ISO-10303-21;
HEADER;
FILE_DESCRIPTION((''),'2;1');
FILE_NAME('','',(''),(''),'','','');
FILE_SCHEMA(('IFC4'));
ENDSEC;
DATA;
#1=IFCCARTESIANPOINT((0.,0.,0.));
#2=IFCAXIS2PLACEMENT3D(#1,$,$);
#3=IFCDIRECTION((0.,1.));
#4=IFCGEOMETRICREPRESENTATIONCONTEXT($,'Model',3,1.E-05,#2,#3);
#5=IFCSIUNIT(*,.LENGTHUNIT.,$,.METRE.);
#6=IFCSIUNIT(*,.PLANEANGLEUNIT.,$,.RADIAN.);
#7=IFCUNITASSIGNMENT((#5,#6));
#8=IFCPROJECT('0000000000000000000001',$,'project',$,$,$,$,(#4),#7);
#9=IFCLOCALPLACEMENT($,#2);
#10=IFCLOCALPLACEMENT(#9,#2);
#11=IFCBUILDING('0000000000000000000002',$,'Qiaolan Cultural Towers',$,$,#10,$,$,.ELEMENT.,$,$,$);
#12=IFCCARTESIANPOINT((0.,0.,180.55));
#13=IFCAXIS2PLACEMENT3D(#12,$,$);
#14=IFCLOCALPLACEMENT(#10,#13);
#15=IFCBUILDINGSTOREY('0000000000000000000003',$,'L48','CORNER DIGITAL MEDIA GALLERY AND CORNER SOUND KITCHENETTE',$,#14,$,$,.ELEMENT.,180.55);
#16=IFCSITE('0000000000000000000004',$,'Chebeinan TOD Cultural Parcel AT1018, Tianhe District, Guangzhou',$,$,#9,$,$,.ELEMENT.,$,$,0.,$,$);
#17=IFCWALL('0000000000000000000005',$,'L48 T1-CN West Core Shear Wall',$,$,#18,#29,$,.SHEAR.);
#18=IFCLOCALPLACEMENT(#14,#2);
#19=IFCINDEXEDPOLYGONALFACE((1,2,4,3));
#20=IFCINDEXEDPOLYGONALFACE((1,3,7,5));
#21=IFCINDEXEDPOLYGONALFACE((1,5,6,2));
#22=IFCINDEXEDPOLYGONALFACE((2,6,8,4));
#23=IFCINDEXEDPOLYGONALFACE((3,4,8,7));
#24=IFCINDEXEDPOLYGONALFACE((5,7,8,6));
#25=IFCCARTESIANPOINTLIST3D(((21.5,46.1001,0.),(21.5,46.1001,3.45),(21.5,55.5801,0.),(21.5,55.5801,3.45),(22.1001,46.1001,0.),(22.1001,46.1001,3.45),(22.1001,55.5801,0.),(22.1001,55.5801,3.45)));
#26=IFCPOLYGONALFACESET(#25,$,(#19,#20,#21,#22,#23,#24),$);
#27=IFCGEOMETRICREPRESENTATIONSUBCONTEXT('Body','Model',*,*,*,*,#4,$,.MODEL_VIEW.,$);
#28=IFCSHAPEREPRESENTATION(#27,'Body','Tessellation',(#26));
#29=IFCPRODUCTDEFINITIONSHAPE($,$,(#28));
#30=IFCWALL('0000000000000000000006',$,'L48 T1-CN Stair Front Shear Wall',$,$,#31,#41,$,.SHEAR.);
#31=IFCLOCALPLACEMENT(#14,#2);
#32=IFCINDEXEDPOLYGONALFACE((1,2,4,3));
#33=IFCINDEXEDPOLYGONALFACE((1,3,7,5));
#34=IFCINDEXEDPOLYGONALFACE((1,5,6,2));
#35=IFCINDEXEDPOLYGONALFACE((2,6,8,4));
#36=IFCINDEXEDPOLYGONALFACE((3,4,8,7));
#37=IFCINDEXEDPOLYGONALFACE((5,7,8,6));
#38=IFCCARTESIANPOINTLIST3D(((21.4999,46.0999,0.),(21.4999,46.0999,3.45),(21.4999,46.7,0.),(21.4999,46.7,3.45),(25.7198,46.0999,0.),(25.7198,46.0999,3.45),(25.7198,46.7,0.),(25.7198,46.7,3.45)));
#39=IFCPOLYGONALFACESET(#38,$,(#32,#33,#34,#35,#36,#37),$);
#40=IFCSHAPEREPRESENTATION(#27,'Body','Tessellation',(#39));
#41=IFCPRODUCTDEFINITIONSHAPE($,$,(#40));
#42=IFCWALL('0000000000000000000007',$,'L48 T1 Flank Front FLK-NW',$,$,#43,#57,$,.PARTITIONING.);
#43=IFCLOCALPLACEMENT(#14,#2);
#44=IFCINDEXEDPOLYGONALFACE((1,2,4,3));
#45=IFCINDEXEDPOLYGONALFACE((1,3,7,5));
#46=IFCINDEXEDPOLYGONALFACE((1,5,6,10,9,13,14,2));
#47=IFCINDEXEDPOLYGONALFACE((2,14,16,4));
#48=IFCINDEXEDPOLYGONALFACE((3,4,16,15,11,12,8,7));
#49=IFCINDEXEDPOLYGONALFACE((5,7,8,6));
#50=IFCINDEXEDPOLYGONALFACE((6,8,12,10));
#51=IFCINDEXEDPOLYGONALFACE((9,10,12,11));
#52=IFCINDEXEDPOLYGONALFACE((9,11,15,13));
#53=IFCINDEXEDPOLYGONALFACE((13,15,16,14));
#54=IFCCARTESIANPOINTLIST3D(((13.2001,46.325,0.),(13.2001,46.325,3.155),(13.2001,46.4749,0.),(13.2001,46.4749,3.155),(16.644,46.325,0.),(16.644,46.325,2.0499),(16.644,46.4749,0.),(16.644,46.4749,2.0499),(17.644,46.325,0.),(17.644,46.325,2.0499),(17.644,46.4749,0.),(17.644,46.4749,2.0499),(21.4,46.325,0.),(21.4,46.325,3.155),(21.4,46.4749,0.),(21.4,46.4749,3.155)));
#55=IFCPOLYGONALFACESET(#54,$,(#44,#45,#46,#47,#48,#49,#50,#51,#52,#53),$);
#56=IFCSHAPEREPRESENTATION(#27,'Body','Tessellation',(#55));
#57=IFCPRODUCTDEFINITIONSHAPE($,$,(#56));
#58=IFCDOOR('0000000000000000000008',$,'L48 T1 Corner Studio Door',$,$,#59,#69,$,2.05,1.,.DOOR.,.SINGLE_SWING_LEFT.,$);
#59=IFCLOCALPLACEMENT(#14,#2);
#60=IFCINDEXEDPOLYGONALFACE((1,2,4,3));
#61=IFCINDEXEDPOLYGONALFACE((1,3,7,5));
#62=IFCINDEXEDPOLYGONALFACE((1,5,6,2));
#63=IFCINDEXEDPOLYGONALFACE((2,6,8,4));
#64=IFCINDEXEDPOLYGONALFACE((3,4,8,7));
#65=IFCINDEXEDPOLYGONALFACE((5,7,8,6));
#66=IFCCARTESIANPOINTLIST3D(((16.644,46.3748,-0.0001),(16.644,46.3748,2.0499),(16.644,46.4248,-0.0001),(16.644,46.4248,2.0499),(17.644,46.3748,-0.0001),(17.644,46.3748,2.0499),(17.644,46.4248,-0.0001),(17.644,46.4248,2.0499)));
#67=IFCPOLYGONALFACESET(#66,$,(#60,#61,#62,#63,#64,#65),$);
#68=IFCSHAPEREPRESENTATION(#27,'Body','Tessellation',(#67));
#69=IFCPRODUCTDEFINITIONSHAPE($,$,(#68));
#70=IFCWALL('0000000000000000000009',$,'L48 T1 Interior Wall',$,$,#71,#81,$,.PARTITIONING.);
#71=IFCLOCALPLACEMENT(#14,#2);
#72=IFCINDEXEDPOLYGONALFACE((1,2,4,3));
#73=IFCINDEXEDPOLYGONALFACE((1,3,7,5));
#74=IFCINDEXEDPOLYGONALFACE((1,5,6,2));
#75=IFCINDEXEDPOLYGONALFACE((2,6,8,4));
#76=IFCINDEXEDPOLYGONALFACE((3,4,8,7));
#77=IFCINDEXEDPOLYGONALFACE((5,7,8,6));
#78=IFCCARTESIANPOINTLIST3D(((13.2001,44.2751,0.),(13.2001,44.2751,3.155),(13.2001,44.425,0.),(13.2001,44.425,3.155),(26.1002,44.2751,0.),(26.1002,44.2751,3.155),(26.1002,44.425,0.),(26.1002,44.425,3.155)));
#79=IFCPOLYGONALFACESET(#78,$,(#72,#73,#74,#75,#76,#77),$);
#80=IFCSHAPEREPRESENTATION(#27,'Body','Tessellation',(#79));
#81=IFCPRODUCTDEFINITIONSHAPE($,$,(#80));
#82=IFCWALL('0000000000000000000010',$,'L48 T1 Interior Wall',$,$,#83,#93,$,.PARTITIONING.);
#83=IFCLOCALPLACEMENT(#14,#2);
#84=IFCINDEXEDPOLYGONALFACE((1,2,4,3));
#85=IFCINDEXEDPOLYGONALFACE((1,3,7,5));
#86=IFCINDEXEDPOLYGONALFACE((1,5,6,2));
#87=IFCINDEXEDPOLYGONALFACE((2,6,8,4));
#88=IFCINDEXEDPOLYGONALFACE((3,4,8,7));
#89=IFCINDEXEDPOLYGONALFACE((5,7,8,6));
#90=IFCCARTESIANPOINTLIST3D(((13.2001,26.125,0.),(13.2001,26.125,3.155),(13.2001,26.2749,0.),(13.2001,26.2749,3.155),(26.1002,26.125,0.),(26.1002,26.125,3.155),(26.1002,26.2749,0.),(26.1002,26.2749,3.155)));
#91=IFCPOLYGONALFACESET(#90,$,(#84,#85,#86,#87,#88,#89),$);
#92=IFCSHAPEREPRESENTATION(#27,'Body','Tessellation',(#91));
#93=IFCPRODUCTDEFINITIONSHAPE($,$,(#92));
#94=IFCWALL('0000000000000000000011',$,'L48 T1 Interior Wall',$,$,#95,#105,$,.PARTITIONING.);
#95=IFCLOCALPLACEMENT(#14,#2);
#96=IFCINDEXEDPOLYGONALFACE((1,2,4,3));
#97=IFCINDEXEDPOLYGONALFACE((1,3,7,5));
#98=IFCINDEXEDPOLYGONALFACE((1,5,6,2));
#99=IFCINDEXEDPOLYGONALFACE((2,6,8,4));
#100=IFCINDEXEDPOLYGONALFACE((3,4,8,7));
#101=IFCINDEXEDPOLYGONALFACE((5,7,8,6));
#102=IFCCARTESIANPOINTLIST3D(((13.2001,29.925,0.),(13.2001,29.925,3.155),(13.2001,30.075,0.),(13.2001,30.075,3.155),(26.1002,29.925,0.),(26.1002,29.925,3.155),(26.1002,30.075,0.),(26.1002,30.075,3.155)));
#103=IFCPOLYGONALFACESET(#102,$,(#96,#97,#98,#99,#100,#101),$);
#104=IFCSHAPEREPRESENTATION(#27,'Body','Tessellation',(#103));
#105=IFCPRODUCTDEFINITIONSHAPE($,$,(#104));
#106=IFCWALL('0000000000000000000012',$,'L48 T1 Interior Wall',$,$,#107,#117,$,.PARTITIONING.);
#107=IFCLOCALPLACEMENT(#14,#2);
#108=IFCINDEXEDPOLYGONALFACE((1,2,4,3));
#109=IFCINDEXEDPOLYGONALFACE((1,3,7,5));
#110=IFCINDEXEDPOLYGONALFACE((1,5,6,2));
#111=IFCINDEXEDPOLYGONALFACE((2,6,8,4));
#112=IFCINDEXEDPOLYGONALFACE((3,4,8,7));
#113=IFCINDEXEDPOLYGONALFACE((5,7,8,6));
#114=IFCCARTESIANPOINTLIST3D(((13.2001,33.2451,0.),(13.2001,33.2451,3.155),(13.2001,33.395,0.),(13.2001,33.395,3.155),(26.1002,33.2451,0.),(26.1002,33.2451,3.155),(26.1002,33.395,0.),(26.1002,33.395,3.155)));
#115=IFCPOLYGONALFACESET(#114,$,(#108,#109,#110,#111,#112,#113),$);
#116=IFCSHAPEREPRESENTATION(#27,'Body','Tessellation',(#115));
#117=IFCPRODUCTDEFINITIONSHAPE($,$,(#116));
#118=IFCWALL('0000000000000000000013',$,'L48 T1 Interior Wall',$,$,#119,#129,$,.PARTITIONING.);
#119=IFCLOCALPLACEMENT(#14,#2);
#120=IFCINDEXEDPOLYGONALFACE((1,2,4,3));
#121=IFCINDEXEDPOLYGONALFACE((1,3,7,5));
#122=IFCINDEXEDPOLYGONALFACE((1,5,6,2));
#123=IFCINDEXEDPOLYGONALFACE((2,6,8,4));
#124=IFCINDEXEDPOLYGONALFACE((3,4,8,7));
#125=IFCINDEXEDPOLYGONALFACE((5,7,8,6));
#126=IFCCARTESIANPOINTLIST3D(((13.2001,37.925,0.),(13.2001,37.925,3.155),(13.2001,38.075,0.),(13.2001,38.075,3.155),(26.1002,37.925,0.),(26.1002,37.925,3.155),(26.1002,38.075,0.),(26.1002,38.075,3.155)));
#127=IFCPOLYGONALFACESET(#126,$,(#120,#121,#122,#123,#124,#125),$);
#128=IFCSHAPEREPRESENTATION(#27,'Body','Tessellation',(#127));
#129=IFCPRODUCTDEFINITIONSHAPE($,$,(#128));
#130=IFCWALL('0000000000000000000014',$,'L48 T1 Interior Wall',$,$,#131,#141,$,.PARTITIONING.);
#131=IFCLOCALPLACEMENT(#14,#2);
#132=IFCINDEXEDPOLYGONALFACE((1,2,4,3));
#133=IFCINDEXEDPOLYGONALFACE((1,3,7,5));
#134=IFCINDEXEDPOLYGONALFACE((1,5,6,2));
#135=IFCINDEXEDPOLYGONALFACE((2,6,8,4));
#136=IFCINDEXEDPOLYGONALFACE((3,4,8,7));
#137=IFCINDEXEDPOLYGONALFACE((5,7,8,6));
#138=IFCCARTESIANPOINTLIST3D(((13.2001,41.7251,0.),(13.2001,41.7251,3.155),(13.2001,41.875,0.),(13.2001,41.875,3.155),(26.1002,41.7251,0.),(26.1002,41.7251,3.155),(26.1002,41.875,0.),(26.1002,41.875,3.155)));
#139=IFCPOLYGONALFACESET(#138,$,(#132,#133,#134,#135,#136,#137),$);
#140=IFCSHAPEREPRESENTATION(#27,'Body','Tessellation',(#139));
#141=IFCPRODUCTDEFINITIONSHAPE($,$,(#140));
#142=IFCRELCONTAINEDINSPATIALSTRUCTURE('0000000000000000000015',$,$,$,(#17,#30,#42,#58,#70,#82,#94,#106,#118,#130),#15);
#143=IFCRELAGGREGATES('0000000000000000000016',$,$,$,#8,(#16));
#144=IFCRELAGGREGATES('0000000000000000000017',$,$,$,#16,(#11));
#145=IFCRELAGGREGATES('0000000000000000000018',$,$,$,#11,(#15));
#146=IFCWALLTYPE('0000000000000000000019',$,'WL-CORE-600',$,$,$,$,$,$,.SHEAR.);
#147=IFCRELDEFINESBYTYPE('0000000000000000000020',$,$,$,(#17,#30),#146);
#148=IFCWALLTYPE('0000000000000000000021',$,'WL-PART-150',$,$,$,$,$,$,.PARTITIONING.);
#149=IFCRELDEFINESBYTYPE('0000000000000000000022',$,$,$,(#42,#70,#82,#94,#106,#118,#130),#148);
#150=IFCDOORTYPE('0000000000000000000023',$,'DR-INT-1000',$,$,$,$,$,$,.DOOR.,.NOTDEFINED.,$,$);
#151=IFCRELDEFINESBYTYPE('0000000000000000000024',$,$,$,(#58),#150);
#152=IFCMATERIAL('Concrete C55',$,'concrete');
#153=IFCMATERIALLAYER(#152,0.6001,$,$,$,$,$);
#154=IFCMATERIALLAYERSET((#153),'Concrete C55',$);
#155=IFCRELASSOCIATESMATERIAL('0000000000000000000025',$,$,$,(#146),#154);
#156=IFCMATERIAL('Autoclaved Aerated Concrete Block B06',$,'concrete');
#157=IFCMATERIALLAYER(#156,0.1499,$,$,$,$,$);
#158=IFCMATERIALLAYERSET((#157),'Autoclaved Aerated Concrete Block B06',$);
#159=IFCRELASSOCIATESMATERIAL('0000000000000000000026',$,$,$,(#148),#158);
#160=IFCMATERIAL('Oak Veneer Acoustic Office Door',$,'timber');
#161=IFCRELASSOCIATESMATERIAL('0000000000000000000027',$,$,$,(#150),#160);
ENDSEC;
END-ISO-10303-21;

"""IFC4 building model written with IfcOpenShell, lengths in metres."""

from ifc_helpers import new_model, si_unit, direction, frame, frame_2d, origin, place, context, subcontext, project, spatial, rectangle, extrude, material, layer, layer_set, type_object, element, fill, save


model = new_model("IFC4")

# Units and contexts
model_context = context("Model", 3, precision=1e-05, world=origin(), true_north=direction((0.0, 1.0)))
body_context = subcontext(model_context, "Body", "Model", "MODEL_VIEW")
ifc_project = project(units=[si_unit("LENGTHUNIT", "METRE"), si_unit("PLANEANGLEUNIT", "RADIAN")], contexts=[model_context])

# Site, building, storey
site_placement = place(None, origin())
site = spatial("IfcSite", under=ifc_project, at=site_placement, Name="Chebeinan TOD Cultural Parcel AT1018, Tianhe District, Guangzhou", CompositionType="ELEMENT", RefElevation=0.0)
building_placement = place(site_placement, origin())
building = spatial("IfcBuilding", under=site, at=building_placement, Name="Qiaolan Cultural Towers", CompositionType="ELEMENT")
storey_placement = place(building_placement, frame((0.0, 0.0, 180.55)))
storey = spatial("IfcBuildingStorey", under=building, at=storey_placement, Name="L48", Description="CORNER DIGITAL MEDIA GALLERY AND CORNER SOUND KITCHENETTE", CompositionType="ELEMENT", Elevation=180.55)

# Walls
ifc_material_1 = material(Name="Concrete C55", Category="concrete")
ifc_layer_1 = layer(ifc_material_1, 0.6001)
ifc_layer_set_1 = layer_set([ifc_layer_1], Name="Concrete C55")
wall_type_1 = type_object("IfcWallType", Name="WL-CORE-600", PredefinedType="SHEAR", material=ifc_layer_set_1)
wall_1_placement = place(storey_placement, frame((21.8, 46.1001, 0.0), z_axis=(0.0, 0.0, 1.0), x_axis=(0.0, 1.0, 0.0)))
element("IfcWall", 1, at=wall_1_placement, inside=storey, type_object=wall_type_1, Name="L48 T1-CN West Core Shear Wall", PredefinedType="SHEAR", context=body_context, shape_type="SweptSolid", body=[
    extrude(rectangle(XDim=9.48, YDim=0.6001, at=frame_2d((4.74, 0.0))), origin(), (0.0, 0.0, 1.0), 3.45),
])
wall_2_placement = place(storey_placement, frame((21.5, 46.3999, 0.0), z_axis=(0.0, 0.0, 1.0), x_axis=(1.0, 0.0, 0.0)))
element("IfcWall", 2, at=wall_2_placement, inside=storey, type_object=wall_type_1, Name="L48 T1-CN Stair Front Shear Wall", PredefinedType="SHEAR", context=body_context, shape_type="SweptSolid", body=[
    extrude(rectangle(XDim=4.22, YDim=0.6001, at=frame_2d((2.1099, 0.0))), origin(), (0.0, 0.0, 1.0), 3.45),
])

# Wall, opening, door
ifc_material_2 = material(Name="Autoclaved Aerated Concrete Block B06", Category="concrete")
ifc_layer_2 = layer(ifc_material_2, 0.1499)
ifc_layer_set_2 = layer_set([ifc_layer_2], Name="Autoclaved Aerated Concrete Block B06")
wall_type_2 = type_object("IfcWallType", Name="WL-PART-150", PredefinedType="PARTITIONING", material=ifc_layer_set_2)
wall_3_placement = place(storey_placement, frame((13.2, 46.3999, 0.0), z_axis=(0.0, 0.0, 1.0), x_axis=(1.0, 0.0, 0.0)))
wall_3 = element("IfcWall", 3, at=wall_3_placement, inside=storey, type_object=wall_type_2, Name="L48 T1 Flank Front FLK-NW", PredefinedType="PARTITIONING", context=body_context, shape_type="SweptSolid", body=[
    extrude(rectangle(XDim=8.2, YDim=0.1499, at=frame_2d((4.1001, 0.0))), origin(), (0.0, 0.0, 1.0), 3.155),
])
opening_placement = place(wall_3_placement, frame((3.4441, 0.0, 0.0)))
opening = element("IfcOpeningElement", 4, at=opening_placement, cuts=wall_3, PredefinedType="OPENING", context=body_context, shape_type="SweptSolid", body=[
    extrude(rectangle(XDim=1.0, YDim=2.05, at=frame_2d((0.5, 1.0249))), frame((0.0, 0.085, 0.0), z_axis=(0.0, -1.0, 0.0), x_axis=(1.0, 0.0, 0.0)), (0.0, 0.0, 1.0), 0.1699),
])
ifc_material_3 = material(Name="Oak Veneer Acoustic Office Door", Category="timber")
door_type = type_object("IfcDoorType", Name="DR-INT-1000", OperationType="NOTDEFINED", PredefinedType="DOOR", material=ifc_material_3)
door_placement = place(opening_placement, origin())
door = element("IfcDoor", 5, at=door_placement, inside=storey, type_object=door_type, Name="L48 T1 Corner Studio Door", OperationType="SINGLE_SWING_LEFT", OverallHeight=2.05, OverallWidth=1.0, PredefinedType="DOOR", context=body_context, shape_type="SweptSolid", body=[
    extrude(rectangle(XDim=1.0, YDim=2.05, at=frame_2d((0.5, 1.0249))), frame((0.0, 0.0249, 0.0), z_axis=(0.0, -1.0, 0.0), x_axis=(1.0, 0.0, 0.0)), (0.0, 0.0, 1.0), 0.05),
])
fill(opening, door)

# Walls
for number, where, z_axis, x_axis, name in (
    (6, (13.2, 44.3501, 0.0), (0.0, 0.0, 1.0), (1.0, 0.0, 0.0), "L48 T1 Interior Wall"),
    (7, (13.2, 26.2, 0.0), (0.0, 0.0, 1.0), (1.0, 0.0, 0.0), "L48 T1 Interior Wall"),
    (8, (13.2, 30.0, 0.0), (0.0, 0.0, 1.0), (1.0, 0.0, 0.0), "L48 T1 Interior Wall"),
    (9, (13.2, 33.3201, 0.0), (0.0, 0.0, 1.0), (1.0, 0.0, 0.0), "L48 T1 Interior Wall"),
    (10, (13.2, 38.0, 0.0), (0.0, 0.0, 1.0), (1.0, 0.0, 0.0), "L48 T1 Interior Wall"),
    (11, (13.2, 41.8, 0.0), (0.0, 0.0, 1.0), (1.0, 0.0, 0.0), "L48 T1 Interior Wall"),
):
    element("IfcWall", number, at=place(storey_placement, frame(where, z_axis=z_axis, x_axis=x_axis)), inside=storey, type_object=wall_type_2, Name=name, PredefinedType="PARTITIONING", context=body_context, shape_type="SweptSolid", body=[
        extrude(rectangle(XDim=12.9001, YDim=0.1499, at=frame_2d((6.4502, 0.0))), origin(), (0.0, 0.0, 1.0), 3.155),
    ])

save(model, "model.ifc")
